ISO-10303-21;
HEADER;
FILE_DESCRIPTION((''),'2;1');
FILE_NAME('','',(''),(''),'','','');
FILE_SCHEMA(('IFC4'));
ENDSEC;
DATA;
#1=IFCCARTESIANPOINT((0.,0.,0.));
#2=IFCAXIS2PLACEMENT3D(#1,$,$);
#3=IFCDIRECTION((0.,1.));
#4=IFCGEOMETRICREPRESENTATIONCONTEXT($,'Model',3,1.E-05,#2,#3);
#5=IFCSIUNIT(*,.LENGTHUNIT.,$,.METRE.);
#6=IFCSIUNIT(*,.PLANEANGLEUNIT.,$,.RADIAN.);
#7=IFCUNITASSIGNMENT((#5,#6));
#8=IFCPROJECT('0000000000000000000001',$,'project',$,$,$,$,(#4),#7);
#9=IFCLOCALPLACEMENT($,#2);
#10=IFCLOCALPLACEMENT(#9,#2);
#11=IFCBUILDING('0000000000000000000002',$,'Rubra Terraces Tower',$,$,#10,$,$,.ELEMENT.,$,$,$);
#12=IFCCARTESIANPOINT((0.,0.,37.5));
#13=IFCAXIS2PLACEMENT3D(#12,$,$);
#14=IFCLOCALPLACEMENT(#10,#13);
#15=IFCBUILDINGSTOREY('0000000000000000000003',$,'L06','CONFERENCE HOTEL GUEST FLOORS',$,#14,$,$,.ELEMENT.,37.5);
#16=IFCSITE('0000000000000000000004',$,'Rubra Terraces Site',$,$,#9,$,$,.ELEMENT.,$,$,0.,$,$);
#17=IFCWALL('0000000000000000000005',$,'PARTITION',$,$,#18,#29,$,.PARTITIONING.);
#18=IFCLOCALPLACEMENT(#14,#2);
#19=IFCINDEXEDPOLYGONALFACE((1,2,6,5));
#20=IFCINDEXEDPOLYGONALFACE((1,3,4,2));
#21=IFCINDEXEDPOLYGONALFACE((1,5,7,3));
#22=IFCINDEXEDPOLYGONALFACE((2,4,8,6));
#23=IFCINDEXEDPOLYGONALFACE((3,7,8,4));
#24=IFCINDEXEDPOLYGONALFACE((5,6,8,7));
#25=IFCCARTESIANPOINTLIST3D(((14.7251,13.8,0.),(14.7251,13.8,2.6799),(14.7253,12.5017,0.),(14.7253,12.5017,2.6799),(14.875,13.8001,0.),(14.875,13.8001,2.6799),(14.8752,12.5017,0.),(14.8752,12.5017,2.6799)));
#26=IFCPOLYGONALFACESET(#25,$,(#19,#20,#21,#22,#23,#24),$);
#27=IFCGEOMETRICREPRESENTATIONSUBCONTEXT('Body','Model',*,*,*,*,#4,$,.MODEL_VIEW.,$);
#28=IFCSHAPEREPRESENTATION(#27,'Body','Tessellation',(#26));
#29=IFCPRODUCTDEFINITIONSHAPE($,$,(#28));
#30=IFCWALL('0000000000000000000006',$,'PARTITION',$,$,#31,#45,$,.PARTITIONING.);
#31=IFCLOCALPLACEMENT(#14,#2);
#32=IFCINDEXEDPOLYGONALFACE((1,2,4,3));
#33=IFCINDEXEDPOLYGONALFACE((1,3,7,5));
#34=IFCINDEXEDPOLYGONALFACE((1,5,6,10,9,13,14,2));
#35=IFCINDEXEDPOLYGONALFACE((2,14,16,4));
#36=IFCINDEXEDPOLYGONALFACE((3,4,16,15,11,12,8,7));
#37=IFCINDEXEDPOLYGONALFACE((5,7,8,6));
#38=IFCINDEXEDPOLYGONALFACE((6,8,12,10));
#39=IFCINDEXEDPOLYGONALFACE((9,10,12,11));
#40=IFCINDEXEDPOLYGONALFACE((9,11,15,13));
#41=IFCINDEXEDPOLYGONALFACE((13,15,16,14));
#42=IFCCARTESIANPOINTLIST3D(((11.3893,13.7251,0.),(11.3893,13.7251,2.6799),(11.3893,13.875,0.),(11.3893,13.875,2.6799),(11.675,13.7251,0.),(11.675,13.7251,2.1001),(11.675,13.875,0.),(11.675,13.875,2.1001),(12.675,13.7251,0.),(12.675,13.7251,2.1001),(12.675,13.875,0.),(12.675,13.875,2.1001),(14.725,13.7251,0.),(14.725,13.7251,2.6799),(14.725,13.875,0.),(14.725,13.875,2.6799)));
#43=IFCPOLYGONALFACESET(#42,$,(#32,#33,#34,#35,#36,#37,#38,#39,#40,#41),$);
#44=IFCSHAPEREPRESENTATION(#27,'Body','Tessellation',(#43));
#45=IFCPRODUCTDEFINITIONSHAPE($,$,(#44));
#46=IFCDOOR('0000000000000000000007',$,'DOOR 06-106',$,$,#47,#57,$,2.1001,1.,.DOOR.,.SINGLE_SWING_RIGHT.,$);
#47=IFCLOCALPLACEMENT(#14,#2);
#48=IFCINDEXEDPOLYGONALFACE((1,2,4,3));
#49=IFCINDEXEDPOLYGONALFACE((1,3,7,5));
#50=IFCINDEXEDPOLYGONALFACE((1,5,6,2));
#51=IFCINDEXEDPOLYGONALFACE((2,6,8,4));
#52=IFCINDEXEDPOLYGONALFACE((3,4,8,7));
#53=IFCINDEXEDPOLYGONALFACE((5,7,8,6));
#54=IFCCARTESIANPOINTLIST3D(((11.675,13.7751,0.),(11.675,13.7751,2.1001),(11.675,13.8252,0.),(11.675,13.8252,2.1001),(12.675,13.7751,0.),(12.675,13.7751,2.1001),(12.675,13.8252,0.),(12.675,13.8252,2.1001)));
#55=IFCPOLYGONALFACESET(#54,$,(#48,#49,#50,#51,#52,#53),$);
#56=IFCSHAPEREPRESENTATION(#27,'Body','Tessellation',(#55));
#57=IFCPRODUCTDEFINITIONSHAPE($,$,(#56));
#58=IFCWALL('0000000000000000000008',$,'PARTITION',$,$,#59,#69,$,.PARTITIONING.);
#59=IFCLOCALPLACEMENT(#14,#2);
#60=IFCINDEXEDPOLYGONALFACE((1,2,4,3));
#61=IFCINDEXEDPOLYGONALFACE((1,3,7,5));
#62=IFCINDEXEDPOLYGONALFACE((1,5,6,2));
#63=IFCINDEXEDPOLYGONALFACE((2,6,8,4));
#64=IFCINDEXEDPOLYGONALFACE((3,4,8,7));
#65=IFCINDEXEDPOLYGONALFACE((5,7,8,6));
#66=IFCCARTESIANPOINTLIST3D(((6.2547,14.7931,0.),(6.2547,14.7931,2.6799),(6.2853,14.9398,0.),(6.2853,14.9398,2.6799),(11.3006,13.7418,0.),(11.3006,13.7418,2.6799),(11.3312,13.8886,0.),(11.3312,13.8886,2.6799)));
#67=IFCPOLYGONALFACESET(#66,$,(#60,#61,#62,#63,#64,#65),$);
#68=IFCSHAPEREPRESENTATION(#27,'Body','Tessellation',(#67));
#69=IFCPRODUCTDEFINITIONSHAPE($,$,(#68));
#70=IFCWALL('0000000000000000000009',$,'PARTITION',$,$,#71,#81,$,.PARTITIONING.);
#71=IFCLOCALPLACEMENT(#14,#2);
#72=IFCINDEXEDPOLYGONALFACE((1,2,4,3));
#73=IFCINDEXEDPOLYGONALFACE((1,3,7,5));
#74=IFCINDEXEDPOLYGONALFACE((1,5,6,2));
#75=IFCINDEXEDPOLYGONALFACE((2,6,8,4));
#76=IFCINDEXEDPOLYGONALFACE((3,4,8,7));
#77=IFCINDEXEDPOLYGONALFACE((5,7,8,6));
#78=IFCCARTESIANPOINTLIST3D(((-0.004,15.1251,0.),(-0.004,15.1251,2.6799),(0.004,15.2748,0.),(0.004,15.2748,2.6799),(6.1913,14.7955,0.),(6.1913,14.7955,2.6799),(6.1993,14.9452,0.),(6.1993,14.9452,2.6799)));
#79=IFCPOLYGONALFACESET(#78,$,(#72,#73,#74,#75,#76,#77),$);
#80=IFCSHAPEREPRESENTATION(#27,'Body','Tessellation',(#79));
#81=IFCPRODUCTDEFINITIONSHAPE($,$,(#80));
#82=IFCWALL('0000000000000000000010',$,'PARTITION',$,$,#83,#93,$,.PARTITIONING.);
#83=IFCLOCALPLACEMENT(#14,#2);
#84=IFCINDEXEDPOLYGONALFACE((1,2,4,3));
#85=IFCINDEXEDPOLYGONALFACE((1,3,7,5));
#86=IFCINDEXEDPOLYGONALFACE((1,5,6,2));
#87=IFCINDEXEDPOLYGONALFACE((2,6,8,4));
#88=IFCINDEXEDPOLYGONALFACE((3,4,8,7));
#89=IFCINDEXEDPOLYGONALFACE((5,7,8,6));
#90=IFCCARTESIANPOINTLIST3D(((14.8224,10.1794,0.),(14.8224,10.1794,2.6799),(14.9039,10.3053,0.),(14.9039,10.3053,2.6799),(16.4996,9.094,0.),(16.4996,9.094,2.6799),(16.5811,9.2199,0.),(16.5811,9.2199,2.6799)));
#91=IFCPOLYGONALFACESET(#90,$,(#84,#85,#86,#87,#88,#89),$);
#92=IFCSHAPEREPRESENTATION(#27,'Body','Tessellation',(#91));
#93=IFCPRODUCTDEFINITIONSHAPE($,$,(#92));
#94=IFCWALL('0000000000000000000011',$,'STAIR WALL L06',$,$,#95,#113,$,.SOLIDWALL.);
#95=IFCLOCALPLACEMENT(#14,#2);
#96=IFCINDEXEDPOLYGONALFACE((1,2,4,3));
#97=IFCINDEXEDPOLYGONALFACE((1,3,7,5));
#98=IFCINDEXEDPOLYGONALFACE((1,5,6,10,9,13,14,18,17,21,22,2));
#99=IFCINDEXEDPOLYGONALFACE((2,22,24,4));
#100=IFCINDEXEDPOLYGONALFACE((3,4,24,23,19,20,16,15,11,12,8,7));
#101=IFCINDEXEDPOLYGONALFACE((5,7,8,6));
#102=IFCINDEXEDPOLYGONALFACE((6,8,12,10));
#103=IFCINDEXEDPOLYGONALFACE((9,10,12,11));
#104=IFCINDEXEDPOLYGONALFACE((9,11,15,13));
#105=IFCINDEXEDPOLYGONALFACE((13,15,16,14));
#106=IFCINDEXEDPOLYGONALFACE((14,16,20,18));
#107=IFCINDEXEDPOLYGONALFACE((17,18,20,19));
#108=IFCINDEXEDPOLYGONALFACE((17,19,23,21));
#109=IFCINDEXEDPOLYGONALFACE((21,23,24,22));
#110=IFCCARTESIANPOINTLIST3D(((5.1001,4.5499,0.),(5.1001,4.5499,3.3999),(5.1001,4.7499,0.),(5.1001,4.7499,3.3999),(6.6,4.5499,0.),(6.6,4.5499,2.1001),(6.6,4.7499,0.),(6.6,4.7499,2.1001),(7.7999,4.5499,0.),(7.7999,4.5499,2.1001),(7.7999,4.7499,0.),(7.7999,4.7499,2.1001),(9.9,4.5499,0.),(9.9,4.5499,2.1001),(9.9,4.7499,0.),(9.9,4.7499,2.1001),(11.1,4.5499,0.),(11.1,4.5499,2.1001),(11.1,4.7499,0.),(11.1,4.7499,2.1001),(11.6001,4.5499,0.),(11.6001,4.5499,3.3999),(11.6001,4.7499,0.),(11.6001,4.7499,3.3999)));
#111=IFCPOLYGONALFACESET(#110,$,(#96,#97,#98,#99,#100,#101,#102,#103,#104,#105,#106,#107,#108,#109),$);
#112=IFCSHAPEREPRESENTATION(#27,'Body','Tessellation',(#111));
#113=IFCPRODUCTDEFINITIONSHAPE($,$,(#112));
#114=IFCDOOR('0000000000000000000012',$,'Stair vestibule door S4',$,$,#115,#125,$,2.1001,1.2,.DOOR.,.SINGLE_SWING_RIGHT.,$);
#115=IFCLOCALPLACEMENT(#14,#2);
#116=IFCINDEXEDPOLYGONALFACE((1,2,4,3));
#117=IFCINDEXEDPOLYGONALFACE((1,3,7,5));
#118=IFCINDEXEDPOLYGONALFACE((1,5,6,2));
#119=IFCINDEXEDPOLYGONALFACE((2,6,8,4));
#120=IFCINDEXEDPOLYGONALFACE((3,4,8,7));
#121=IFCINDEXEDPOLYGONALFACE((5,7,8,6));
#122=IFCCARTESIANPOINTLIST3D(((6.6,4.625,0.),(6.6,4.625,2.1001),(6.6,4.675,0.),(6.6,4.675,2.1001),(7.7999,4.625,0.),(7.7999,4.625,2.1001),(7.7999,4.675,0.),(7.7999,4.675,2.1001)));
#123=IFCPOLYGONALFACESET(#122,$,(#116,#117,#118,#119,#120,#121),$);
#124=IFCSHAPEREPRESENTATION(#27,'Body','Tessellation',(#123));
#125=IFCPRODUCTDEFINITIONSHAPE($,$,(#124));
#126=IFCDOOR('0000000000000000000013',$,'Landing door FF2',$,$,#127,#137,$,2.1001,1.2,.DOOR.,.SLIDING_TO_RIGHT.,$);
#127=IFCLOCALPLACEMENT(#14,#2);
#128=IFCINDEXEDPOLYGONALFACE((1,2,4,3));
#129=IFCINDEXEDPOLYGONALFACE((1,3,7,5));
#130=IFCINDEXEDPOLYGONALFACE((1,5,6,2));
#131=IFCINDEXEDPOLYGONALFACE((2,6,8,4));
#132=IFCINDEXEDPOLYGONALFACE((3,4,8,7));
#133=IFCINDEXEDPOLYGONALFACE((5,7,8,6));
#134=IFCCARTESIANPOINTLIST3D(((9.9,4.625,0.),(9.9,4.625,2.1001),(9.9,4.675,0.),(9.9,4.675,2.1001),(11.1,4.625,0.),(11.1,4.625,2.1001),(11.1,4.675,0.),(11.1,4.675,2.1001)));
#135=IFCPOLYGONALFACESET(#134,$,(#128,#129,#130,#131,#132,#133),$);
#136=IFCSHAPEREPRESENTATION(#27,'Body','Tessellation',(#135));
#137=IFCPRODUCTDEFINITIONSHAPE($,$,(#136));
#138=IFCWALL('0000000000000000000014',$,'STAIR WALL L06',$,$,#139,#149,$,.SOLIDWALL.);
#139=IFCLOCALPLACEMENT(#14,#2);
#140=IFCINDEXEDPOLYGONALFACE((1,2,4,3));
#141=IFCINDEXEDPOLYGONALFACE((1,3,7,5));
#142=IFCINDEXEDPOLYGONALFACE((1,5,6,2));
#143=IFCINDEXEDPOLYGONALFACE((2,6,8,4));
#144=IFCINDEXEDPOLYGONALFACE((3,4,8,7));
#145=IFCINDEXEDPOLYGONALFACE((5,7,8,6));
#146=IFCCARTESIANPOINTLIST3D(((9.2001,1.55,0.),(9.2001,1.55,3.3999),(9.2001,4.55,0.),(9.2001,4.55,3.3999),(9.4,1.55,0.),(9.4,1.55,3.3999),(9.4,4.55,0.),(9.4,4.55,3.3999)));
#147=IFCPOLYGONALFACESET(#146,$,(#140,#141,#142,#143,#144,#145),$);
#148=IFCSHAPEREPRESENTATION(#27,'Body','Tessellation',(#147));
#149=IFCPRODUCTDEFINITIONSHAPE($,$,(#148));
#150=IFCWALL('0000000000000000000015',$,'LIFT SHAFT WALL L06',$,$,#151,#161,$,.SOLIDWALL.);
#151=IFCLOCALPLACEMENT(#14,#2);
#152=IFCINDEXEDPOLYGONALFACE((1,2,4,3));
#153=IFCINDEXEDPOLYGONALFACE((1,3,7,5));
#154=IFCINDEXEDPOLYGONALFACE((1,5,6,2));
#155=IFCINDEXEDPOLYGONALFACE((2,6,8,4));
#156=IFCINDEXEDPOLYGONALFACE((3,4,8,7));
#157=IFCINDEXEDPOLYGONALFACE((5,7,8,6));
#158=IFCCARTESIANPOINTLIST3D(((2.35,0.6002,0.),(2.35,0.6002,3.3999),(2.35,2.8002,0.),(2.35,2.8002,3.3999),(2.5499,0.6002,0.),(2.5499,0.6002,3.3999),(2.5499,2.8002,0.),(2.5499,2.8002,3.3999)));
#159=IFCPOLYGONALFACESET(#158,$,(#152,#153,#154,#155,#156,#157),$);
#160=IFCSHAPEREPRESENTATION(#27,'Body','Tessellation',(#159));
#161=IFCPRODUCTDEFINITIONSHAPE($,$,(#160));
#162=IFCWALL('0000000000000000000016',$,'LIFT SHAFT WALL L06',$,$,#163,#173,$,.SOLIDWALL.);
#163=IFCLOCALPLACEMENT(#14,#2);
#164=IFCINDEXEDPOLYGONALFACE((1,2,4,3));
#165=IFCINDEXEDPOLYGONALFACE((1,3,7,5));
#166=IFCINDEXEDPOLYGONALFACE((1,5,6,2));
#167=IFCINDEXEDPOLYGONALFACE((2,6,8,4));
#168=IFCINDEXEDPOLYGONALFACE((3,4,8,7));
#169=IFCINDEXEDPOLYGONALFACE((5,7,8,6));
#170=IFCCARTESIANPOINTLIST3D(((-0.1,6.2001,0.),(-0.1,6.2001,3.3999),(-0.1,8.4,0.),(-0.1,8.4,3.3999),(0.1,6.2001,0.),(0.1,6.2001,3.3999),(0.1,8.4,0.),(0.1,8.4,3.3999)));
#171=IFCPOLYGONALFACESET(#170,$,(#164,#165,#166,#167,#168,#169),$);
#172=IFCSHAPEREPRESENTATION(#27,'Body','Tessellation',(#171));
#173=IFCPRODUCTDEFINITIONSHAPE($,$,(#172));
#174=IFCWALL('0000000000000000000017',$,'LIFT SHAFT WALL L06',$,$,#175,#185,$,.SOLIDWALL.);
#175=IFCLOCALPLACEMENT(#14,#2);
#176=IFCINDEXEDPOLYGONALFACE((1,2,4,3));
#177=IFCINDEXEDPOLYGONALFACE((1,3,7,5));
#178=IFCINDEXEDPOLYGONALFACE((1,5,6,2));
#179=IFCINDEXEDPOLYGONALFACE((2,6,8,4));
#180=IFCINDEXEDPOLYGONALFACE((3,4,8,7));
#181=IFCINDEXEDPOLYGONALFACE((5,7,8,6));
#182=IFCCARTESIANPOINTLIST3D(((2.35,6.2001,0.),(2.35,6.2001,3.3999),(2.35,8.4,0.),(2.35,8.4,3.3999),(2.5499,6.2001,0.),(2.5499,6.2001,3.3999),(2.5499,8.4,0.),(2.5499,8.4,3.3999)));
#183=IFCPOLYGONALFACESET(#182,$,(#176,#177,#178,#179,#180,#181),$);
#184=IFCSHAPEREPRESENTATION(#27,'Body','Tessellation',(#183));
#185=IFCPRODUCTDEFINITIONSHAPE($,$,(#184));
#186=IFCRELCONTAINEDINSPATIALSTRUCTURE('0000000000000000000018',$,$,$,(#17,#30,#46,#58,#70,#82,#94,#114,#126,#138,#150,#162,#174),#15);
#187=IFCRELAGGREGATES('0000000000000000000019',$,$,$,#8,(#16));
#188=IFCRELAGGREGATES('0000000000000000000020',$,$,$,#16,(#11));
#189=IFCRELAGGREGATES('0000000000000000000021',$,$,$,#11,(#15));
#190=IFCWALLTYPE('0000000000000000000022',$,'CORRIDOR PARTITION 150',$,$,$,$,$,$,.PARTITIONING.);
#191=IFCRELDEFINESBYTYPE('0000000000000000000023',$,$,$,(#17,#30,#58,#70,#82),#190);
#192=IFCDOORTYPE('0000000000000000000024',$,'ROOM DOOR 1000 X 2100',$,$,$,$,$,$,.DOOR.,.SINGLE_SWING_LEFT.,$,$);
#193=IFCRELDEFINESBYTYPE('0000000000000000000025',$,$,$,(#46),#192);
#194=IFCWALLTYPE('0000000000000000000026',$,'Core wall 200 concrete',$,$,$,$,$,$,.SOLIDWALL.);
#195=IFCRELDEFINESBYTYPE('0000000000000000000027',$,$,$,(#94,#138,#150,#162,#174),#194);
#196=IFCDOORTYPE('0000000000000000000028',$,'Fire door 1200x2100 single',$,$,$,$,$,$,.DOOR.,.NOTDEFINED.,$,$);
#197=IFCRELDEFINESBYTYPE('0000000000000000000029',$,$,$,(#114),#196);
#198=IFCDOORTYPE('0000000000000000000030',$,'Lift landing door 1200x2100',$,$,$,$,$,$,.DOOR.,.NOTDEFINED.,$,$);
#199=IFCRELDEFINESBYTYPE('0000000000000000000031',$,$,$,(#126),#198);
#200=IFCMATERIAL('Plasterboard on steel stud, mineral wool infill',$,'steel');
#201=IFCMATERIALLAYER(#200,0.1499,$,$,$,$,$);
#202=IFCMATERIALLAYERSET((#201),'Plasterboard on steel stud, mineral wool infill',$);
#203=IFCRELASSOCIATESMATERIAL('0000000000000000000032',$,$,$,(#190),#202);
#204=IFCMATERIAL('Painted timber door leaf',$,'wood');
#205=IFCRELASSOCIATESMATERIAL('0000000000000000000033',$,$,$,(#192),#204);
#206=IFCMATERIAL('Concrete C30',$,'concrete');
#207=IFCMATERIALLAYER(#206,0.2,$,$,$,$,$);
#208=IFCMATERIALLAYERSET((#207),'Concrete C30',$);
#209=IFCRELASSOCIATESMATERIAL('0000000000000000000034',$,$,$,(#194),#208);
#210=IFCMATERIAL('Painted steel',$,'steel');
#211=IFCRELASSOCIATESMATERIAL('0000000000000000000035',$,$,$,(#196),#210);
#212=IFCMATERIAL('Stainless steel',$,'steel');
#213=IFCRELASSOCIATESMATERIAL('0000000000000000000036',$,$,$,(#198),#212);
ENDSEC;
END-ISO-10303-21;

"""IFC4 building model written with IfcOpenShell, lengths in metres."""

from ifc_helpers import new_model, si_unit, direction, frame, frame_2d, origin, place, context, subcontext, project, spatial, rectangle, extrude, material, layer, layer_set, type_object, element, fill, save


model = new_model("IFC4")

# Units and contexts
model_context = context("Model", 3, precision=1e-05, world=origin(), true_north=direction((0.0, 1.0)))
body_context = subcontext(model_context, "Body", "Model", "MODEL_VIEW")
ifc_project = project(units=[si_unit("LENGTHUNIT", "METRE"), si_unit("PLANEANGLEUNIT", "RADIAN")], contexts=[model_context])

# Site, building, storey
site_placement = place(None, origin())
site = spatial("IfcSite", under=ifc_project, at=site_placement, Name="Rubra Terraces Site", CompositionType="ELEMENT", RefElevation=0.0)
building_placement = place(site_placement, origin())
building = spatial("IfcBuilding", under=site, at=building_placement, Name="Rubra Terraces Tower", CompositionType="ELEMENT")
storey_placement = place(building_placement, frame((0.0, 0.0, 37.5)))
storey = spatial("IfcBuildingStorey", under=building, at=storey_placement, Name="L06", Description="CONFERENCE HOTEL GUEST FLOORS", CompositionType="ELEMENT", Elevation=37.5)

# Wall
ifc_material_1 = material(Name="Plasterboard on steel stud, mineral wool infill", Category="steel")
ifc_layer_1 = layer(ifc_material_1, 0.1499)
ifc_layer_set_1 = layer_set([ifc_layer_1], Name="Plasterboard on steel stud, mineral wool infill")
wall_type_1 = type_object("IfcWallType", Name="CORRIDOR PARTITION 150", PredefinedType="PARTITIONING", material=ifc_layer_set_1)
wall_1_placement = place(storey_placement, frame((14.8003, 12.5017, 0.0), z_axis=(0.0, 0.0, 1.0), x_axis=(-0.000188, 1.0, 0.0)))
element("IfcWall", 1, at=wall_1_placement, inside=storey, type_object=wall_type_1, Name="PARTITION", PredefinedType="PARTITIONING", context=body_context, shape_type="SweptSolid", body=[
    extrude(rectangle(XDim=1.2983, YDim=0.1499, at=frame_2d((0.6492, 0.0))), origin(), (0.0, 0.0, 1.0), 2.6799),
])

# Wall, opening, door
wall_2_placement = place(storey_placement, frame((14.7251, 13.8, 0.0), z_axis=(0.0, 0.0, 1.0), x_axis=(-1.0, 0.0, 0.0)))
wall_2 = element("IfcWall", 2, at=wall_2_placement, inside=storey, type_object=wall_type_1, Name="PARTITION", PredefinedType="PARTITIONING", context=body_context, shape_type="SweptSolid", body=[
    extrude(rectangle(XDim=3.3357, YDim=0.1499, at=frame_2d((1.668, 0.0))), origin(), (0.0, 0.0, 1.0), 2.6799),
])
opening_1_placement = place(wall_2_placement, frame((2.05, 0.0, 0.0)))
opening_1 = element("IfcOpeningElement", 3, at=opening_1_placement, cuts=wall_2, PredefinedType="OPENING", context=body_context, shape_type="SweptSolid", body=[
    extrude(rectangle(XDim=1.0, YDim=2.1001, at=frame_2d((0.5, 1.05))), frame((0.0, 0.085, 0.0), z_axis=(0.0, -1.0, 0.0), x_axis=(1.0, 0.0, 0.0)), (0.0, 0.0, 1.0), 0.1699),
])
ifc_material_2 = material(Name="Painted timber door leaf", Category="wood")
door_type_1 = type_object("IfcDoorType", Name="ROOM DOOR 1000 X 2100", OperationType="SINGLE_SWING_LEFT", PredefinedType="DOOR", material=ifc_material_2)
door_1_placement = place(opening_1_placement, origin())
door_1 = element("IfcDoor", 4, at=door_1_placement, inside=storey, type_object=door_type_1, Name="DOOR 06-106", OperationType="SINGLE_SWING_RIGHT", OverallHeight=2.1001, OverallWidth=1.0, PredefinedType="DOOR", context=body_context, shape_type="SweptSolid", body=[
    extrude(rectangle(XDim=1.0, YDim=2.1001, at=frame_2d((0.5, 1.05))), frame((0.0, 0.0249, 0.0), z_axis=(0.0, -1.0, 0.0), x_axis=(1.0, 0.0, 0.0)), (0.0, 0.0, 1.0), 0.05),
])
fill(opening_1, door_1)

# Walls
wall_3_placement = place(storey_placement, frame((11.3159, 13.8152, 0.0), z_axis=(0.0, 0.0, 1.0), x_axis=(-0.978979, 0.203962, 0.0)))
element("IfcWall", 5, at=wall_3_placement, inside=storey, type_object=wall_type_1, Name="PARTITION", PredefinedType="PARTITIONING", context=body_context, shape_type="SweptSolid", body=[
    extrude(rectangle(XDim=5.1543, YDim=0.1499, at=frame_2d((2.5771, 0.0))), origin(), (0.0, 0.0, 1.0), 2.6799),
])
wall_4_placement = place(storey_placement, frame((6.1953, 14.8704, 0.0), z_axis=(0.0, 0.0, 1.0), x_axis=(-0.998588, 0.053125, 0.0)))
element("IfcWall", 6, at=wall_4_placement, inside=storey, type_object=wall_type_1, Name="PARTITION", PredefinedType="PARTITIONING", context=body_context, shape_type="SweptSolid", body=[
    extrude(rectangle(XDim=6.2041, YDim=0.1499, at=frame_2d((3.1021, 0.0))), origin(), (0.0, 0.0, 1.0), 2.6799),
])
wall_5_placement = place(storey_placement, frame((14.863, 10.2424, 0.0), z_axis=(0.0, 0.0, 1.0), x_axis=(0.839531, -0.543312, 0.0)))
element("IfcWall", 7, at=wall_5_placement, inside=storey, type_object=wall_type_1, Name="PARTITION", PredefinedType="PARTITIONING", context=body_context, shape_type="SweptSolid", body=[
    extrude(rectangle(XDim=1.9978, YDim=0.1499, at=frame_2d((0.999, 0.0))), origin(), (0.0, 0.0, 1.0), 2.6799),
])

# Wall, openings, doors
ifc_material_3 = material(Name="Concrete C30", Category="concrete")
ifc_layer_2 = layer(ifc_material_3, 0.2)
ifc_layer_set_2 = layer_set([ifc_layer_2], Name="Concrete C30")
wall_type_2 = type_object("IfcWallType", Name="Core wall 200 concrete", PredefinedType="SOLIDWALL", material=ifc_layer_set_2)
wall_6_placement = place(storey_placement, frame((11.6001, 4.6499, 0.0), z_axis=(0.0, 0.0, 1.0), x_axis=(-1.0, 0.0, 0.0)))
wall_6 = element("IfcWall", 8, at=wall_6_placement, inside=storey, type_object=wall_type_2, Name="STAIR WALL L06", PredefinedType="SOLIDWALL", context=body_context, shape_type="SweptSolid", body=[
    extrude(rectangle(XDim=6.5, YDim=0.2, at=frame_2d((3.25, 0.0))), origin(), (0.0, 0.0, 1.0), 3.3999),
])
opening_2_placement = place(wall_6_placement, frame((3.8, 0.0, 0.0)))
opening_2 = element("IfcOpeningElement", 9, at=opening_2_placement, cuts=wall_6, PredefinedType="OPENING", context=body_context, shape_type="SweptSolid", body=[
    extrude(rectangle(XDim=1.2, YDim=2.1001, at=frame_2d((0.6001, 1.05))), frame((0.0, 0.1099, 0.0), z_axis=(0.0, -1.0, 0.0), x_axis=(1.0, 0.0, 0.0)), (0.0, 0.0, 1.0), 0.22),
])
opening_3_placement = place(wall_6_placement, frame((0.5, 0.0, 0.0)))
opening_3 = element("IfcOpeningElement", 10, at=opening_3_placement, cuts=wall_6, PredefinedType="OPENING", context=body_context, shape_type="SweptSolid", body=[
    extrude(rectangle(XDim=1.2, YDim=2.1001, at=frame_2d((0.6001, 1.05))), frame((0.0, 0.1099, 0.0), z_axis=(0.0, -1.0, 0.0), x_axis=(1.0, 0.0, 0.0)), (0.0, 0.0, 1.0), 0.22),
])
ifc_material_4 = material(Name="Painted steel", Category="steel")
door_type_2 = type_object("IfcDoorType", Name="Fire door 1200x2100 single", OperationType="NOTDEFINED", PredefinedType="DOOR", material=ifc_material_4)
door_2_placement = place(opening_2_placement, origin())
door_2 = element("IfcDoor", 11, at=door_2_placement, inside=storey, type_object=door_type_2, Name="Stair vestibule door S4", OperationType="SINGLE_SWING_RIGHT", OverallHeight=2.1001, OverallWidth=1.2, PredefinedType="DOOR", context=body_context, shape_type="SweptSolid", body=[
    extrude(rectangle(XDim=1.2, YDim=2.1001, at=frame_2d((0.6001, 1.05))), frame((0.0, 0.0249, 0.0), z_axis=(0.0, -1.0, 0.0), x_axis=(1.0, 0.0, 0.0)), (0.0, 0.0, 1.0), 0.05),
])
fill(opening_2, door_2)
ifc_material_5 = material(Name="Stainless steel", Category="steel")
door_type_3 = type_object("IfcDoorType", Name="Lift landing door 1200x2100", OperationType="NOTDEFINED", PredefinedType="DOOR", material=ifc_material_5)
door_3_placement = place(opening_3_placement, origin())
door_3 = element("IfcDoor", 12, at=door_3_placement, inside=storey, type_object=door_type_3, Name="Landing door FF2", OperationType="SLIDING_TO_RIGHT", OverallHeight=2.1001, OverallWidth=1.2, PredefinedType="DOOR", context=body_context, shape_type="SweptSolid", body=[
    extrude(rectangle(XDim=1.2, YDim=2.1001, at=frame_2d((0.6001, 1.05))), frame((0.0, 0.0249, 0.0), z_axis=(0.0, -1.0, 0.0), x_axis=(1.0, 0.0, 0.0)), (0.0, 0.0, 1.0), 0.05),
])
fill(opening_3, door_3)

# Walls
wall_7_placement = place(storey_placement, frame((9.3, 4.55, 0.0), z_axis=(0.0, 0.0, 1.0), x_axis=(0.0, -1.0, 0.0)))
element("IfcWall", 13, at=wall_7_placement, inside=storey, type_object=wall_type_2, Name="STAIR WALL L06", PredefinedType="SOLIDWALL", context=body_context, shape_type="SweptSolid", body=[
    extrude(rectangle(XDim=3.0, YDim=0.2, at=frame_2d((1.5, 0.0))), origin(), (0.0, 0.0, 1.0), 3.3999),
])
for number, where, z_axis, x_axis, name in (
    (14, (2.45, 0.6001, 0.0), (0.0, 0.0, 1.0), (0.0, 1.0, 0.0), "LIFT SHAFT WALL L06"),
    (15, (0.0, 6.2, 0.0), (0.0, 0.0, 1.0), (0.0, 1.0, 0.0), "LIFT SHAFT WALL L06"),
    (16, (2.45, 6.2, 0.0), (0.0, 0.0, 1.0), (0.0, 1.0, 0.0), "LIFT SHAFT WALL L06"),
):
    element("IfcWall", number, at=place(storey_placement, frame(where, z_axis=z_axis, x_axis=x_axis)), inside=storey, type_object=wall_type_2, Name=name, PredefinedType="SOLIDWALL", context=body_context, shape_type="SweptSolid", body=[
        extrude(rectangle(XDim=2.2, YDim=0.2, at=frame_2d((1.1001, 0.0))), origin(), (0.0, 0.0, 1.0), 3.3999),
    ])

save(model, "model.ifc")
